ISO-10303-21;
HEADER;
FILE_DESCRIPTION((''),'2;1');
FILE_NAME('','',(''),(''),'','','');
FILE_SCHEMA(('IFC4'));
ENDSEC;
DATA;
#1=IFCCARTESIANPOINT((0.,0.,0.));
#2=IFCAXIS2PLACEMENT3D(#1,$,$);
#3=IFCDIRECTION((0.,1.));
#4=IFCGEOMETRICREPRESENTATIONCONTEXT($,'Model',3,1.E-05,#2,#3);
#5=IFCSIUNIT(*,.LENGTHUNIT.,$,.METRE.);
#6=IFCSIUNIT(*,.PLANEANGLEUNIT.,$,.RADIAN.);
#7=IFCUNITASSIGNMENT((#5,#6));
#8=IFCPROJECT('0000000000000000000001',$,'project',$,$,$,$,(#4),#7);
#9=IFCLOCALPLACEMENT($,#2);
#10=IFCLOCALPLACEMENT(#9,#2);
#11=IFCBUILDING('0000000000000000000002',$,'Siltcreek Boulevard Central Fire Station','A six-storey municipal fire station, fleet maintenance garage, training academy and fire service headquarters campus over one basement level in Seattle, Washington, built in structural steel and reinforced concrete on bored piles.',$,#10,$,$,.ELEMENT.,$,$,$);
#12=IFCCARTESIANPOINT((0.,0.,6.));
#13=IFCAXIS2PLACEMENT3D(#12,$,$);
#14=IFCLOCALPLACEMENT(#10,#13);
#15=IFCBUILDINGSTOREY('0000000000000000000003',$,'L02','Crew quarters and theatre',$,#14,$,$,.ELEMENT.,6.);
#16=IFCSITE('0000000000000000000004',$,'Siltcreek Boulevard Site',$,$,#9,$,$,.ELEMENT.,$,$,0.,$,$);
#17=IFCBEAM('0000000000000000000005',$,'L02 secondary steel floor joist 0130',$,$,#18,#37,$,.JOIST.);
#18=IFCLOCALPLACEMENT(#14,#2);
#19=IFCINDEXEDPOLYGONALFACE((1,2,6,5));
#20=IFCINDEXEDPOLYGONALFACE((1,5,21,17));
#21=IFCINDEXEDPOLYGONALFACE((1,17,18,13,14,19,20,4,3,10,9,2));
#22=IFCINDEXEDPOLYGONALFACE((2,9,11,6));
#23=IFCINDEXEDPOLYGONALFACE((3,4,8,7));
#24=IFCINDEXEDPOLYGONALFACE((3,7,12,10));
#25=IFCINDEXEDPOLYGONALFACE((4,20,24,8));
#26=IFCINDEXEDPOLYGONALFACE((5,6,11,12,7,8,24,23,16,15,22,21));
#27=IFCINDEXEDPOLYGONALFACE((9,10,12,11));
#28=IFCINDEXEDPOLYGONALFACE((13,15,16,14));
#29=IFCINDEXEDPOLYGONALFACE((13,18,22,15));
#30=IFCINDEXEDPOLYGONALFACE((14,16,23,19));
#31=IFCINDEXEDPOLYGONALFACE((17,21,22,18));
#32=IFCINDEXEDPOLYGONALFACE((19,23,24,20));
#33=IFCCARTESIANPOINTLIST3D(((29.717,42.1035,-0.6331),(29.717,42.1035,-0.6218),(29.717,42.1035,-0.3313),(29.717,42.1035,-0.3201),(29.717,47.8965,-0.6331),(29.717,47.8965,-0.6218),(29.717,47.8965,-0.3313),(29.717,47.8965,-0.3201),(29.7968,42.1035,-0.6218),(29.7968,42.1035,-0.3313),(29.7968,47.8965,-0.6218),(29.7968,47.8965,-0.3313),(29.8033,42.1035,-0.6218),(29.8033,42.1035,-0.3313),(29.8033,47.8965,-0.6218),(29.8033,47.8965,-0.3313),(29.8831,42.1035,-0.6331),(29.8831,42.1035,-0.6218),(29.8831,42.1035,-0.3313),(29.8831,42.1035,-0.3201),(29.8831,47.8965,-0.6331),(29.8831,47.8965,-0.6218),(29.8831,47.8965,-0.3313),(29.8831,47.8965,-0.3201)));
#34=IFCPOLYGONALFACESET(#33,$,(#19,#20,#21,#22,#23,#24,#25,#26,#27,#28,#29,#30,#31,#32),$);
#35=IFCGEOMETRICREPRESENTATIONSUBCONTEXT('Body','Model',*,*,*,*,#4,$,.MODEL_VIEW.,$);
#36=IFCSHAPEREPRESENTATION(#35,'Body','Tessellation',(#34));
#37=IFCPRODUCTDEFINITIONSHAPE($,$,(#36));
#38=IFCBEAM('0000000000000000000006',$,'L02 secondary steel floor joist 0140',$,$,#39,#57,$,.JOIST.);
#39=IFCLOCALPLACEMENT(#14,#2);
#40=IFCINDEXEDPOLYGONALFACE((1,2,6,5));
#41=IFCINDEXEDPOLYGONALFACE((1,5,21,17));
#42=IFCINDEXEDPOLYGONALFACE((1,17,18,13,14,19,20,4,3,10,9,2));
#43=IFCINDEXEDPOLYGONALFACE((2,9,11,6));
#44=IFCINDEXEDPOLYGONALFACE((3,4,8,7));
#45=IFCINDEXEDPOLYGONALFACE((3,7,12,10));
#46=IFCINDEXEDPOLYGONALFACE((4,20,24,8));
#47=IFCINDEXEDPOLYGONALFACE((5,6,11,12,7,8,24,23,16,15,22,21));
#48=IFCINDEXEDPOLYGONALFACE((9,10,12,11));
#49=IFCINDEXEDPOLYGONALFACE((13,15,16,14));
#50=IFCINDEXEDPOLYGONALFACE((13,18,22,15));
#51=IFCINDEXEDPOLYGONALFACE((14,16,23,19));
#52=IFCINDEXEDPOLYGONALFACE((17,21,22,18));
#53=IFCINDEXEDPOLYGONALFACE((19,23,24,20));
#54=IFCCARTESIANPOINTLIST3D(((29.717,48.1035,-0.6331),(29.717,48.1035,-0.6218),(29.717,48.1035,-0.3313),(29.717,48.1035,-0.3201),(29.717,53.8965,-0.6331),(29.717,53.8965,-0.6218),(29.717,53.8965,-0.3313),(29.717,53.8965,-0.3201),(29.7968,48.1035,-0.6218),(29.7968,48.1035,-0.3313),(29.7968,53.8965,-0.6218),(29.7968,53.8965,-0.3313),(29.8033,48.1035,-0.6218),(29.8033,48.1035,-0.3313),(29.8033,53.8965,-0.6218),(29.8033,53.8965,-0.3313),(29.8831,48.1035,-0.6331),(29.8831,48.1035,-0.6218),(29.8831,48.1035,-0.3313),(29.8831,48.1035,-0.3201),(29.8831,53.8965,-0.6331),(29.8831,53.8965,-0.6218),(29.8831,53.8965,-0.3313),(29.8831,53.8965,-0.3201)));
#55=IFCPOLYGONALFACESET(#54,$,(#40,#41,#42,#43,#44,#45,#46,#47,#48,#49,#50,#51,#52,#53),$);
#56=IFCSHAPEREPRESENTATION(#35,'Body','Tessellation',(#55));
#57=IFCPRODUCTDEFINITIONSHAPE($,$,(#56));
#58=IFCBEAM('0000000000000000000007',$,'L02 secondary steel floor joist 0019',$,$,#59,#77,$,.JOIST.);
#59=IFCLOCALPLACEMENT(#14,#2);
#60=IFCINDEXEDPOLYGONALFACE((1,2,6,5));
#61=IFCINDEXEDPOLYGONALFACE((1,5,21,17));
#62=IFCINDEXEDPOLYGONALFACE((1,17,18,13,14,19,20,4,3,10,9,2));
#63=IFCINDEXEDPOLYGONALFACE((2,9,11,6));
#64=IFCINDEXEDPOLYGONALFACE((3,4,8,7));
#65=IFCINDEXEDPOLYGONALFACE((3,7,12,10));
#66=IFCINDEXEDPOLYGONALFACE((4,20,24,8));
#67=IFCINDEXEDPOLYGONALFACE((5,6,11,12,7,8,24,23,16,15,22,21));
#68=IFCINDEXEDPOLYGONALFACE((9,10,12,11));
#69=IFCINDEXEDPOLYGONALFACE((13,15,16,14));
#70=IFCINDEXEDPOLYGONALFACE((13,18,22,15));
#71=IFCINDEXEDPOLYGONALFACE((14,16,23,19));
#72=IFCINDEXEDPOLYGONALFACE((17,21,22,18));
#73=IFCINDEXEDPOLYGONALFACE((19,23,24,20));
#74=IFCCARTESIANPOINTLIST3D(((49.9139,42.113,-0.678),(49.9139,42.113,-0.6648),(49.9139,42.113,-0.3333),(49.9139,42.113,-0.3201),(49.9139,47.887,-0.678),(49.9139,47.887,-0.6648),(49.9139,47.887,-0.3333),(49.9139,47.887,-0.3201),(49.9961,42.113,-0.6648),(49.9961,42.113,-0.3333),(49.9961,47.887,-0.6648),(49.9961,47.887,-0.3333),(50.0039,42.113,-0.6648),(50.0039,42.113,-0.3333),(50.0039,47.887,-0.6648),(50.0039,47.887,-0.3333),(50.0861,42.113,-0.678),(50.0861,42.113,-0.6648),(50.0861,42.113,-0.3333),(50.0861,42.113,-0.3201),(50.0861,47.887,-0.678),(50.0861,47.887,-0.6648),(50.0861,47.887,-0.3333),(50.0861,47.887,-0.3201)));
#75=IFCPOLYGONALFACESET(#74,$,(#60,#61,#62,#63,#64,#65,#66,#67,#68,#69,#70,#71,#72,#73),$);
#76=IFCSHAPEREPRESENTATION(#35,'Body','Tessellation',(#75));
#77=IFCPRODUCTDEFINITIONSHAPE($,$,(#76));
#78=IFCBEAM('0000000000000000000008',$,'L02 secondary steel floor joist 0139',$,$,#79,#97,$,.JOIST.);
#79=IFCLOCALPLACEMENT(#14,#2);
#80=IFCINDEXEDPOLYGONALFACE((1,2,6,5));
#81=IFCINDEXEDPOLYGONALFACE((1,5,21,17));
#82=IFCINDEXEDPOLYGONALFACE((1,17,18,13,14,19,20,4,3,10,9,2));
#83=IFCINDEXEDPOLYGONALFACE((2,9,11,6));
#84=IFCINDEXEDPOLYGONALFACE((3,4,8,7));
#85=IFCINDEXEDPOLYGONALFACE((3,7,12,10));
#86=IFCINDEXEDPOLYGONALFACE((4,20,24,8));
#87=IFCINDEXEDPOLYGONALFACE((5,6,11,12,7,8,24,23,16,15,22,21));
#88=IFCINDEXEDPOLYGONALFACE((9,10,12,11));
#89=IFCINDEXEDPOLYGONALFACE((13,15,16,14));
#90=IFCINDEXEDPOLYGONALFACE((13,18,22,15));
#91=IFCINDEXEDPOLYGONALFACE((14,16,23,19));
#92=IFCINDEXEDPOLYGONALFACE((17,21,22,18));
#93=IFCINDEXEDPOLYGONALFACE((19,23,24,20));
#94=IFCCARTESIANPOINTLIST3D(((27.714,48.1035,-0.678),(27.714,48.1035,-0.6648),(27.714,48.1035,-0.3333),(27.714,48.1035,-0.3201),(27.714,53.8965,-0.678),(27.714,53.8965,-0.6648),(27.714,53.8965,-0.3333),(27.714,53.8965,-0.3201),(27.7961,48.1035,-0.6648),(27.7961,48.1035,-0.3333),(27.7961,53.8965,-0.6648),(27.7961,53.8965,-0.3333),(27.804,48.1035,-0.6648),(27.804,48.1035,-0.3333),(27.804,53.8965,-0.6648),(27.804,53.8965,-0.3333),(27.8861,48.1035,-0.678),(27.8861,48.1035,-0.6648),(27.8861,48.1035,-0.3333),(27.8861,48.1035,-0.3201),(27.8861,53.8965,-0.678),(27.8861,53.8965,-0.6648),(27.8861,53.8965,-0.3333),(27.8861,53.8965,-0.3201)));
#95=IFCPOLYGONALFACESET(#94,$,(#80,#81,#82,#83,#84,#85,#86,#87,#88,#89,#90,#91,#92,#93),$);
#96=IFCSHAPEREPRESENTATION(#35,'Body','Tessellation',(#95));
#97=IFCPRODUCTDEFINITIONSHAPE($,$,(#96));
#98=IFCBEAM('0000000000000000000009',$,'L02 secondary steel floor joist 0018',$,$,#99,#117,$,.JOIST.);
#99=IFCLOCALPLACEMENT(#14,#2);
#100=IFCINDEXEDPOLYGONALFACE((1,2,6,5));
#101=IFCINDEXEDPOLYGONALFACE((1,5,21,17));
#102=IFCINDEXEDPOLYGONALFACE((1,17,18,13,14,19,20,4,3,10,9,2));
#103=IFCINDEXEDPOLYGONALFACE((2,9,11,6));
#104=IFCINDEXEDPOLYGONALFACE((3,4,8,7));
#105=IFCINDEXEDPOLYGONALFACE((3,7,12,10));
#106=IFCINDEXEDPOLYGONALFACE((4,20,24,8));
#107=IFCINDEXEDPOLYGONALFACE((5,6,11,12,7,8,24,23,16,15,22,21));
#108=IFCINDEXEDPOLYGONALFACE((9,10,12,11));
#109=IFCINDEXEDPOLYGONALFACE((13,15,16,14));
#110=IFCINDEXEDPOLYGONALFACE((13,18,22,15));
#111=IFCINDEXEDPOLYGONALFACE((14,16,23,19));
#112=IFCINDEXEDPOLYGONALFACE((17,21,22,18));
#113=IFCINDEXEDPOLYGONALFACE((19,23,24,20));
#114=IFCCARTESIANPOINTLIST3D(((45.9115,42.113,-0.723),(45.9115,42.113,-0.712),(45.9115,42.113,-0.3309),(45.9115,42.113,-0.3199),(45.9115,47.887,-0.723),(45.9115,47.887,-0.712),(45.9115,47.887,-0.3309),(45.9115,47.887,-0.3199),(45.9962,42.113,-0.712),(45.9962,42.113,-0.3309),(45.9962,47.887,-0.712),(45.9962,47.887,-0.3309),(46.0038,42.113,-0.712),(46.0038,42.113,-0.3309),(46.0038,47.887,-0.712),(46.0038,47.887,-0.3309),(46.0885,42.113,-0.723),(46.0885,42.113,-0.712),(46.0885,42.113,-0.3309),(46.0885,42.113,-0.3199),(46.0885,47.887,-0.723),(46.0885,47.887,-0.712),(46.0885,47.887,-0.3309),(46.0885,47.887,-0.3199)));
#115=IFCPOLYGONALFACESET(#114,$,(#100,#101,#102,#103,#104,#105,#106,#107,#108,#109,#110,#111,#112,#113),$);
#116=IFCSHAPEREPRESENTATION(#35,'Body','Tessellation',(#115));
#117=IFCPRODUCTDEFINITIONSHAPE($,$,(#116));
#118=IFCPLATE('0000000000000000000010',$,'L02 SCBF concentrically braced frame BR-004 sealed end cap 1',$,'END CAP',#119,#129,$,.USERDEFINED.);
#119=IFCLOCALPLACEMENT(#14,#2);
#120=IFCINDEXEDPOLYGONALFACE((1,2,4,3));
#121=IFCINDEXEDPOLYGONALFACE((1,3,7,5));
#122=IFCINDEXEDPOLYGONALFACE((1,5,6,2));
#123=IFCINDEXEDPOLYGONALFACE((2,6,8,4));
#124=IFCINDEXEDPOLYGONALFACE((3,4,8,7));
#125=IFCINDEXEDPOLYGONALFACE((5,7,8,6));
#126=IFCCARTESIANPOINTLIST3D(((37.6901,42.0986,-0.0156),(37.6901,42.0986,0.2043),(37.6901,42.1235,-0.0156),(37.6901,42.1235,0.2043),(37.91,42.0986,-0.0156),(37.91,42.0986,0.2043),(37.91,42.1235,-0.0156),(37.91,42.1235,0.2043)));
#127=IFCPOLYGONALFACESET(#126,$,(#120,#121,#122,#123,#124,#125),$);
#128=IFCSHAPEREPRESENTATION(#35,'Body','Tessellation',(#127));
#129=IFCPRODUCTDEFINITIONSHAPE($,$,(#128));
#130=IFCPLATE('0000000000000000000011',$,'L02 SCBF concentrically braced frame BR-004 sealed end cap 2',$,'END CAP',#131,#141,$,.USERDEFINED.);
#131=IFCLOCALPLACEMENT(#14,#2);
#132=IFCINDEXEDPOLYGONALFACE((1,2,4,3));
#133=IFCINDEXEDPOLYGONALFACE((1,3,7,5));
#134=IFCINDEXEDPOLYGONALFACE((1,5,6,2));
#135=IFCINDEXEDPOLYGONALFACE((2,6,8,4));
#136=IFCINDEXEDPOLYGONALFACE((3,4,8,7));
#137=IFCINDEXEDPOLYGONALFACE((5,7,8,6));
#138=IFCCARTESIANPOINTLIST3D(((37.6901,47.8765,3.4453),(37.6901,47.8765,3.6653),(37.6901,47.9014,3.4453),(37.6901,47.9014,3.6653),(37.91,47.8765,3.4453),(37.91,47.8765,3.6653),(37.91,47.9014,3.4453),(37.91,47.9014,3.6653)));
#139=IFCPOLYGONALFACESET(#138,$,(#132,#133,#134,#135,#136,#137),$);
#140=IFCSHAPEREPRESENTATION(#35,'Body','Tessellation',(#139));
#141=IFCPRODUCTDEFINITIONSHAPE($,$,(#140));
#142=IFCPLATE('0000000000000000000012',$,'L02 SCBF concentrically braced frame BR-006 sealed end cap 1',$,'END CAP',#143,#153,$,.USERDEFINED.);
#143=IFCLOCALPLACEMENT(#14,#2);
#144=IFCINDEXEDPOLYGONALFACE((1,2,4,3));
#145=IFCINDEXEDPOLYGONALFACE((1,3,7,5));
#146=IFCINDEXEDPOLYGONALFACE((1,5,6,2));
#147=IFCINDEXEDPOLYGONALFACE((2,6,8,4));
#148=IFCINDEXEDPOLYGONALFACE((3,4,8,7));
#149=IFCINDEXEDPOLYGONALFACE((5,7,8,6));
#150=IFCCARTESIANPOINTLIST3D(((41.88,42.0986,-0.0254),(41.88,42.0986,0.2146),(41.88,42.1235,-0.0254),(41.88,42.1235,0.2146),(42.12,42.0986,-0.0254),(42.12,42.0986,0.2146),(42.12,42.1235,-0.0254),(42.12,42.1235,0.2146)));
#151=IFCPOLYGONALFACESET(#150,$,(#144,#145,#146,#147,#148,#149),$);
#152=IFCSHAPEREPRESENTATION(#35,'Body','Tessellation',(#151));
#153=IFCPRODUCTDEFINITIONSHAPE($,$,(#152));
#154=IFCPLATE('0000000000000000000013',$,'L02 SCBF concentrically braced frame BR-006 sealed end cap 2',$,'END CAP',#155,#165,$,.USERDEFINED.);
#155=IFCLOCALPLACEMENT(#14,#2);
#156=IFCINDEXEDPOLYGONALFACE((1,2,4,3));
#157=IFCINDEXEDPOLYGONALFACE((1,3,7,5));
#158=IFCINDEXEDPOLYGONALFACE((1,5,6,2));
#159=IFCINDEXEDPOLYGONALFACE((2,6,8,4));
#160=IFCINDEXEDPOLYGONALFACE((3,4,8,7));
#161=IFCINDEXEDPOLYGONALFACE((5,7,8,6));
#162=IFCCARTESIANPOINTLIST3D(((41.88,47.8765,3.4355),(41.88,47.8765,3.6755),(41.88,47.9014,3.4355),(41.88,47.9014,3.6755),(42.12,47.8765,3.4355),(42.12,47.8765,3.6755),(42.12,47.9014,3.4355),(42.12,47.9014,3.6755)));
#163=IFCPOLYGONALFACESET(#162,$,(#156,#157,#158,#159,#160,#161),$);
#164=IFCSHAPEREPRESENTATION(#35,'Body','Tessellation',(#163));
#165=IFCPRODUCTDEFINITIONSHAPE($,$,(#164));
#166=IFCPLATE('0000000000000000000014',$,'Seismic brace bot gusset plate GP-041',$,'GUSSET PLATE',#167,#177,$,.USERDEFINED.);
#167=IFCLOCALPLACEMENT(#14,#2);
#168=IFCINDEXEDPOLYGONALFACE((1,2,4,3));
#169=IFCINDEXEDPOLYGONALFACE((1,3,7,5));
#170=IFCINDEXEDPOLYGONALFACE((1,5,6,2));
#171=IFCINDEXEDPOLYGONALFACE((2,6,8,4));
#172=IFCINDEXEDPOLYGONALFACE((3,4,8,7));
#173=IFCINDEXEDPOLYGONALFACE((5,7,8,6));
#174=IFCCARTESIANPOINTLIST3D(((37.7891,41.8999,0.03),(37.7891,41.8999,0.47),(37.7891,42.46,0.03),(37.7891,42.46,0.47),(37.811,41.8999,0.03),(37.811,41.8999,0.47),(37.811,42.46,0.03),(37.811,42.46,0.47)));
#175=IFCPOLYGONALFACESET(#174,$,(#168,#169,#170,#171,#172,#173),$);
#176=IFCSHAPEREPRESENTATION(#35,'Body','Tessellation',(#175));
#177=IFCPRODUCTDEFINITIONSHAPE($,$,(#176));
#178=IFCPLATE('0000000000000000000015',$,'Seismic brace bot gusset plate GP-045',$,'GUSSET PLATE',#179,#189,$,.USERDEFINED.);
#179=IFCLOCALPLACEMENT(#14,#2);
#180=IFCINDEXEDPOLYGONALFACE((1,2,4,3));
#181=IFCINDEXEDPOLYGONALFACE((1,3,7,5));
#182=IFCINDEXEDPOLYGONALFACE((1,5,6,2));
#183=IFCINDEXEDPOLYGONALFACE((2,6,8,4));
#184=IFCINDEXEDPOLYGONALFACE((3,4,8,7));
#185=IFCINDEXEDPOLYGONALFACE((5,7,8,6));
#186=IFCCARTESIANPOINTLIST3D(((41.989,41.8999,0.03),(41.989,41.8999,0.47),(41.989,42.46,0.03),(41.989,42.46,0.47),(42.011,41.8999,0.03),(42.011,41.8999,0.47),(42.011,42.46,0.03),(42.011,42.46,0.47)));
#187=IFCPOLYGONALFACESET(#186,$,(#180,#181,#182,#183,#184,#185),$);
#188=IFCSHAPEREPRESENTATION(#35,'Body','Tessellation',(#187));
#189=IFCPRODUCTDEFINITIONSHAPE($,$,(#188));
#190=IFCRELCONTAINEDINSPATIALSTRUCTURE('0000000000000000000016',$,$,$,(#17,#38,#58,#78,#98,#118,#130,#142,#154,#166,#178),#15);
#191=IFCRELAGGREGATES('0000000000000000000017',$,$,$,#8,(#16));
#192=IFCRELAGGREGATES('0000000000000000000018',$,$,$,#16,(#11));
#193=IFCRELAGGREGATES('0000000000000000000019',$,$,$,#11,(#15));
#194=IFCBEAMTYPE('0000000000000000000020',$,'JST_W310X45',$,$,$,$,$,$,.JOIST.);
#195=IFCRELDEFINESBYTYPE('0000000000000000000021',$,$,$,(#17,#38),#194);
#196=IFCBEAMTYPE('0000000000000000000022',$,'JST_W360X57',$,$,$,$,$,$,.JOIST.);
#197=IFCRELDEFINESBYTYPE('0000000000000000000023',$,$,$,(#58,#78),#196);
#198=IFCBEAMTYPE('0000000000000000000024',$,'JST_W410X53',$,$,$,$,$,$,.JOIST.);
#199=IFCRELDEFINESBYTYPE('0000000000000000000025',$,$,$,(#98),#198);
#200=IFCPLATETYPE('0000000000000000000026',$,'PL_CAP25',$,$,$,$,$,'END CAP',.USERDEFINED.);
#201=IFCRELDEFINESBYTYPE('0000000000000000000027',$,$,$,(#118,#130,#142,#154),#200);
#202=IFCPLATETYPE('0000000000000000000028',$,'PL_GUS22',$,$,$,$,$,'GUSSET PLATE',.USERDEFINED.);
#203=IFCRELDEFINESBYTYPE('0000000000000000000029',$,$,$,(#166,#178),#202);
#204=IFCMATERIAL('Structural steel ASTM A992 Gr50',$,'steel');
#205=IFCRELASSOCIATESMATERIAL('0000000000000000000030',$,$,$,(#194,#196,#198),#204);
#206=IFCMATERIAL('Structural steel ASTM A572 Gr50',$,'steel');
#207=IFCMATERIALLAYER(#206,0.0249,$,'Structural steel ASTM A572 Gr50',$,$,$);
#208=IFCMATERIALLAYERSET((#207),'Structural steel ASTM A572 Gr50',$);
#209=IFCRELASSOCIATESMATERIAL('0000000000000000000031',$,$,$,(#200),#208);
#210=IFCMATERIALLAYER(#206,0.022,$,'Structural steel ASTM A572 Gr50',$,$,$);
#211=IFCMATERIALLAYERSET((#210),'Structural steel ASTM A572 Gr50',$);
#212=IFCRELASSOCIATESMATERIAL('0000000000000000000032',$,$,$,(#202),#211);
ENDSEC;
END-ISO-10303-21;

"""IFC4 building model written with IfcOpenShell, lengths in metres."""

from ifc_helpers import new_model, si_unit, direction, frame, origin, origin_2d, place, context, subcontext, project, spatial, rectangle, i_section, extrude, material, layer, layer_set, material_profile, profile_set, type_object, element, save


model = new_model("IFC4")

# Units and contexts
model_context = context("Model", 3, precision=1e-05, world=origin(), true_north=direction((0.0, 1.0)))
body_context = subcontext(model_context, "Body", "Model", "MODEL_VIEW")
ifc_project = project(units=[si_unit("LENGTHUNIT", "METRE"), si_unit("PLANEANGLEUNIT", "RADIAN")], contexts=[model_context])

# Site, building, storey
site_placement = place(None, origin())
site = spatial("IfcSite", under=ifc_project, at=site_placement, Name="Siltcreek Boulevard Site", CompositionType="ELEMENT", RefElevation=0.0)
building_placement = place(site_placement, origin())
building = spatial("IfcBuilding", under=site, at=building_placement, Name="Siltcreek Boulevard Central Fire Station", Description="A six-storey municipal fire station, fleet maintenance garage, training academy and fire service headquarters campus over one basement level in Seattle, Washington, built in structural steel and reinforced concrete on bored piles.", CompositionType="ELEMENT")
storey_placement = place(building_placement, frame((0.0, 0.0, 6.0)))
storey = spatial("IfcBuildingStorey", under=building, at=storey_placement, Name="L02", Description="Crew quarters and theatre", CompositionType="ELEMENT", Elevation=6.0)

# Shared definitions
ifc_material_1 = material(Name="Structural steel ASTM A992 Gr50", Category="steel")

# Beams
ifc_material_profile_1 = material_profile(ifc_material_1, i_section(OverallWidth=0.166, OverallDepth=0.313, WebThickness=0.0066, FlangeThickness=0.0112, at=origin_2d()), Name="W310X45")
ifc_profile_set_1 = profile_set([ifc_material_profile_1], Name="Structural steel ASTM A992 Gr50")
beam_type_1 = type_object("IfcBeamType", Name="JST_W310X45", PredefinedType="JOIST", material=ifc_profile_set_1)
for number, where, z_axis, x_axis, name in (
    (1, (29.8, 42.1035, -0.4766), (0.0, 1.0, 0.0), (-1.0, 0.0, 0.0), "L02 secondary steel floor joist 0130"),
    (2, (29.8, 48.1035, -0.4766), (0.0, 1.0, 0.0), (-1.0, 0.0, 0.0), "L02 secondary steel floor joist 0140"),
):
    element("IfcBeam", number, at=place(storey_placement, frame(where, z_axis=z_axis, x_axis=x_axis)), inside=storey, type_object=beam_type_1, Name=name, PredefinedType="JOIST", context=body_context, shape_type="SweptSolid", body=[
        extrude(i_section(OverallWidth=0.166, OverallDepth=0.313, WebThickness=0.0066, FlangeThickness=0.0112, at=origin_2d()), origin(), (0.0, 0.0, 1.0), 5.793),
    ])
ifc_material_profile_2 = material_profile(ifc_material_1, i_section(OverallWidth=0.1721, OverallDepth=0.3579, WebThickness=0.0078, FlangeThickness=0.0132, at=origin_2d()), Name="W360X57")
ifc_profile_set_2 = profile_set([ifc_material_profile_2], Name="Structural steel ASTM A992 Gr50")
beam_type_2 = type_object("IfcBeamType", Name="JST_W360X57", PredefinedType="JOIST", material=ifc_profile_set_2)
beam_1_placement = place(storey_placement, frame((50.0, 42.113, -0.499), z_axis=(0.0, 1.0, 0.0), x_axis=(-1.0, 0.0, 0.0)))
element("IfcBeam", 3, at=beam_1_placement, inside=storey, type_object=beam_type_2, Name="L02 secondary steel floor joist 0019", PredefinedType="JOIST", context=body_context, shape_type="SweptSolid", body=[
    extrude(i_section(OverallWidth=0.1721, OverallDepth=0.3579, WebThickness=0.0078, FlangeThickness=0.0132, at=origin_2d()), origin(), (0.0, 0.0, 1.0), 5.7739),
])
beam_2_placement = place(storey_placement, frame((27.8, 48.1035, -0.499), z_axis=(0.0, 1.0, 0.0), x_axis=(-1.0, 0.0, 0.0)))
element("IfcBeam", 4, at=beam_2_placement, inside=storey, type_object=beam_type_2, Name="L02 secondary steel floor joist 0139", PredefinedType="JOIST", context=body_context, shape_type="SweptSolid", body=[
    extrude(i_section(OverallWidth=0.1721, OverallDepth=0.3579, WebThickness=0.0078, FlangeThickness=0.0132, at=origin_2d()), origin(), (0.0, 0.0, 1.0), 5.793),
])
ifc_material_profile_3 = material_profile(ifc_material_1, i_section(OverallWidth=0.177, OverallDepth=0.4031, WebThickness=0.0076, FlangeThickness=0.011, at=origin_2d()), Name="W410X53")
ifc_profile_set_3 = profile_set([ifc_material_profile_3], Name="Structural steel ASTM A992 Gr50")
beam_type_3 = type_object("IfcBeamType", Name="JST_W410X53", PredefinedType="JOIST", material=ifc_profile_set_3)
beam_3_placement = place(storey_placement, frame((46.0, 42.113, -0.5215), z_axis=(0.0, 1.0, 0.0), x_axis=(-1.0, 0.0, 0.0)))
element("IfcBeam", 5, at=beam_3_placement, inside=storey, type_object=beam_type_3, Name="L02 secondary steel floor joist 0018", PredefinedType="JOIST", context=body_context, shape_type="SweptSolid", body=[
    extrude(i_section(OverallWidth=0.177, OverallDepth=0.4031, WebThickness=0.0076, FlangeThickness=0.011, at=origin_2d()), origin(), (0.0, 0.0, 1.0), 5.7739),
])

# Plates
ifc_material_2 = material(Name="Structural steel ASTM A572 Gr50", Category="steel")
ifc_layer_1 = layer(ifc_material_2, 0.0249, Name="Structural steel ASTM A572 Gr50")
ifc_layer_set_1 = layer_set([ifc_layer_1], Name="Structural steel ASTM A572 Gr50")
plate_type_1 = type_object("IfcPlateType", Name="PL_CAP25", ElementType="END CAP", PredefinedType="USERDEFINED", material=ifc_layer_set_1)
for number, where, z_axis, x_axis, name in (
    (6, (37.8, 42.1111, -0.0156), (0.0, 0.0, 1.0), (0.0, 1.0, 0.0), "L02 SCBF concentrically braced frame BR-004 sealed end cap 1"),
    (7, (37.8, 47.8889, 3.4453), (0.0, 0.0, 1.0), (0.0, 1.0, 0.0), "L02 SCBF concentrically braced frame BR-004 sealed end cap 2"),
):
    element("IfcPlate", number, at=place(storey_placement, frame(where, z_axis=z_axis, x_axis=x_axis)), inside=storey, type_object=plate_type_1, Name=name, ObjectType="END CAP", PredefinedType="USERDEFINED", context=body_context, shape_type="SweptSolid", body=[
        extrude(rectangle(XDim=0.0249, YDim=0.22, at=origin_2d()), origin(), (0.0, 0.0, 1.0), 0.22),
    ])
for number, where, z_axis, x_axis, name in (
    (8, (42.0, 42.1111, -0.0254), (0.0, 0.0, 1.0), (0.0, 1.0, 0.0), "L02 SCBF concentrically braced frame BR-006 sealed end cap 1"),
    (9, (42.0, 47.8889, 3.4355), (0.0, 0.0, 1.0), (0.0, 1.0, 0.0), "L02 SCBF concentrically braced frame BR-006 sealed end cap 2"),
):
    element("IfcPlate", number, at=place(storey_placement, frame(where, z_axis=z_axis, x_axis=x_axis)), inside=storey, type_object=plate_type_1, Name=name, ObjectType="END CAP", PredefinedType="USERDEFINED", context=body_context, shape_type="SweptSolid", body=[
        extrude(rectangle(XDim=0.0249, YDim=0.24, at=origin_2d()), origin(), (0.0, 0.0, 1.0), 0.24),
    ])
ifc_layer_2 = layer(ifc_material_2, 0.022, Name="Structural steel ASTM A572 Gr50")
ifc_layer_set_2 = layer_set([ifc_layer_2], Name="Structural steel ASTM A572 Gr50")
plate_type_2 = type_object("IfcPlateType", Name="PL_GUS22", ElementType="GUSSET PLATE", PredefinedType="USERDEFINED", material=ifc_layer_set_2)
for number, where, z_axis, x_axis, name in (
    (10, (37.8, 42.1799, 0.03), (0.0, 0.0, 1.0), (0.0, 1.0, 0.0), "Seismic brace bot gusset plate GP-041"),
    (11, (42.0, 42.1799, 0.03), (0.0, 0.0, 1.0), (0.0, 1.0, 0.0), "Seismic brace bot gusset plate GP-045"),
):
    element("IfcPlate", number, at=place(storey_placement, frame(where, z_axis=z_axis, x_axis=x_axis)), inside=storey, type_object=plate_type_2, Name=name, ObjectType="GUSSET PLATE", PredefinedType="USERDEFINED", context=body_context, shape_type="SweptSolid", body=[
        extrude(rectangle(XDim=0.5601, YDim=0.022, at=origin_2d()), origin(), (0.0, 0.0, 1.0), 0.4399),
    ])

save(model, "model.ifc")
